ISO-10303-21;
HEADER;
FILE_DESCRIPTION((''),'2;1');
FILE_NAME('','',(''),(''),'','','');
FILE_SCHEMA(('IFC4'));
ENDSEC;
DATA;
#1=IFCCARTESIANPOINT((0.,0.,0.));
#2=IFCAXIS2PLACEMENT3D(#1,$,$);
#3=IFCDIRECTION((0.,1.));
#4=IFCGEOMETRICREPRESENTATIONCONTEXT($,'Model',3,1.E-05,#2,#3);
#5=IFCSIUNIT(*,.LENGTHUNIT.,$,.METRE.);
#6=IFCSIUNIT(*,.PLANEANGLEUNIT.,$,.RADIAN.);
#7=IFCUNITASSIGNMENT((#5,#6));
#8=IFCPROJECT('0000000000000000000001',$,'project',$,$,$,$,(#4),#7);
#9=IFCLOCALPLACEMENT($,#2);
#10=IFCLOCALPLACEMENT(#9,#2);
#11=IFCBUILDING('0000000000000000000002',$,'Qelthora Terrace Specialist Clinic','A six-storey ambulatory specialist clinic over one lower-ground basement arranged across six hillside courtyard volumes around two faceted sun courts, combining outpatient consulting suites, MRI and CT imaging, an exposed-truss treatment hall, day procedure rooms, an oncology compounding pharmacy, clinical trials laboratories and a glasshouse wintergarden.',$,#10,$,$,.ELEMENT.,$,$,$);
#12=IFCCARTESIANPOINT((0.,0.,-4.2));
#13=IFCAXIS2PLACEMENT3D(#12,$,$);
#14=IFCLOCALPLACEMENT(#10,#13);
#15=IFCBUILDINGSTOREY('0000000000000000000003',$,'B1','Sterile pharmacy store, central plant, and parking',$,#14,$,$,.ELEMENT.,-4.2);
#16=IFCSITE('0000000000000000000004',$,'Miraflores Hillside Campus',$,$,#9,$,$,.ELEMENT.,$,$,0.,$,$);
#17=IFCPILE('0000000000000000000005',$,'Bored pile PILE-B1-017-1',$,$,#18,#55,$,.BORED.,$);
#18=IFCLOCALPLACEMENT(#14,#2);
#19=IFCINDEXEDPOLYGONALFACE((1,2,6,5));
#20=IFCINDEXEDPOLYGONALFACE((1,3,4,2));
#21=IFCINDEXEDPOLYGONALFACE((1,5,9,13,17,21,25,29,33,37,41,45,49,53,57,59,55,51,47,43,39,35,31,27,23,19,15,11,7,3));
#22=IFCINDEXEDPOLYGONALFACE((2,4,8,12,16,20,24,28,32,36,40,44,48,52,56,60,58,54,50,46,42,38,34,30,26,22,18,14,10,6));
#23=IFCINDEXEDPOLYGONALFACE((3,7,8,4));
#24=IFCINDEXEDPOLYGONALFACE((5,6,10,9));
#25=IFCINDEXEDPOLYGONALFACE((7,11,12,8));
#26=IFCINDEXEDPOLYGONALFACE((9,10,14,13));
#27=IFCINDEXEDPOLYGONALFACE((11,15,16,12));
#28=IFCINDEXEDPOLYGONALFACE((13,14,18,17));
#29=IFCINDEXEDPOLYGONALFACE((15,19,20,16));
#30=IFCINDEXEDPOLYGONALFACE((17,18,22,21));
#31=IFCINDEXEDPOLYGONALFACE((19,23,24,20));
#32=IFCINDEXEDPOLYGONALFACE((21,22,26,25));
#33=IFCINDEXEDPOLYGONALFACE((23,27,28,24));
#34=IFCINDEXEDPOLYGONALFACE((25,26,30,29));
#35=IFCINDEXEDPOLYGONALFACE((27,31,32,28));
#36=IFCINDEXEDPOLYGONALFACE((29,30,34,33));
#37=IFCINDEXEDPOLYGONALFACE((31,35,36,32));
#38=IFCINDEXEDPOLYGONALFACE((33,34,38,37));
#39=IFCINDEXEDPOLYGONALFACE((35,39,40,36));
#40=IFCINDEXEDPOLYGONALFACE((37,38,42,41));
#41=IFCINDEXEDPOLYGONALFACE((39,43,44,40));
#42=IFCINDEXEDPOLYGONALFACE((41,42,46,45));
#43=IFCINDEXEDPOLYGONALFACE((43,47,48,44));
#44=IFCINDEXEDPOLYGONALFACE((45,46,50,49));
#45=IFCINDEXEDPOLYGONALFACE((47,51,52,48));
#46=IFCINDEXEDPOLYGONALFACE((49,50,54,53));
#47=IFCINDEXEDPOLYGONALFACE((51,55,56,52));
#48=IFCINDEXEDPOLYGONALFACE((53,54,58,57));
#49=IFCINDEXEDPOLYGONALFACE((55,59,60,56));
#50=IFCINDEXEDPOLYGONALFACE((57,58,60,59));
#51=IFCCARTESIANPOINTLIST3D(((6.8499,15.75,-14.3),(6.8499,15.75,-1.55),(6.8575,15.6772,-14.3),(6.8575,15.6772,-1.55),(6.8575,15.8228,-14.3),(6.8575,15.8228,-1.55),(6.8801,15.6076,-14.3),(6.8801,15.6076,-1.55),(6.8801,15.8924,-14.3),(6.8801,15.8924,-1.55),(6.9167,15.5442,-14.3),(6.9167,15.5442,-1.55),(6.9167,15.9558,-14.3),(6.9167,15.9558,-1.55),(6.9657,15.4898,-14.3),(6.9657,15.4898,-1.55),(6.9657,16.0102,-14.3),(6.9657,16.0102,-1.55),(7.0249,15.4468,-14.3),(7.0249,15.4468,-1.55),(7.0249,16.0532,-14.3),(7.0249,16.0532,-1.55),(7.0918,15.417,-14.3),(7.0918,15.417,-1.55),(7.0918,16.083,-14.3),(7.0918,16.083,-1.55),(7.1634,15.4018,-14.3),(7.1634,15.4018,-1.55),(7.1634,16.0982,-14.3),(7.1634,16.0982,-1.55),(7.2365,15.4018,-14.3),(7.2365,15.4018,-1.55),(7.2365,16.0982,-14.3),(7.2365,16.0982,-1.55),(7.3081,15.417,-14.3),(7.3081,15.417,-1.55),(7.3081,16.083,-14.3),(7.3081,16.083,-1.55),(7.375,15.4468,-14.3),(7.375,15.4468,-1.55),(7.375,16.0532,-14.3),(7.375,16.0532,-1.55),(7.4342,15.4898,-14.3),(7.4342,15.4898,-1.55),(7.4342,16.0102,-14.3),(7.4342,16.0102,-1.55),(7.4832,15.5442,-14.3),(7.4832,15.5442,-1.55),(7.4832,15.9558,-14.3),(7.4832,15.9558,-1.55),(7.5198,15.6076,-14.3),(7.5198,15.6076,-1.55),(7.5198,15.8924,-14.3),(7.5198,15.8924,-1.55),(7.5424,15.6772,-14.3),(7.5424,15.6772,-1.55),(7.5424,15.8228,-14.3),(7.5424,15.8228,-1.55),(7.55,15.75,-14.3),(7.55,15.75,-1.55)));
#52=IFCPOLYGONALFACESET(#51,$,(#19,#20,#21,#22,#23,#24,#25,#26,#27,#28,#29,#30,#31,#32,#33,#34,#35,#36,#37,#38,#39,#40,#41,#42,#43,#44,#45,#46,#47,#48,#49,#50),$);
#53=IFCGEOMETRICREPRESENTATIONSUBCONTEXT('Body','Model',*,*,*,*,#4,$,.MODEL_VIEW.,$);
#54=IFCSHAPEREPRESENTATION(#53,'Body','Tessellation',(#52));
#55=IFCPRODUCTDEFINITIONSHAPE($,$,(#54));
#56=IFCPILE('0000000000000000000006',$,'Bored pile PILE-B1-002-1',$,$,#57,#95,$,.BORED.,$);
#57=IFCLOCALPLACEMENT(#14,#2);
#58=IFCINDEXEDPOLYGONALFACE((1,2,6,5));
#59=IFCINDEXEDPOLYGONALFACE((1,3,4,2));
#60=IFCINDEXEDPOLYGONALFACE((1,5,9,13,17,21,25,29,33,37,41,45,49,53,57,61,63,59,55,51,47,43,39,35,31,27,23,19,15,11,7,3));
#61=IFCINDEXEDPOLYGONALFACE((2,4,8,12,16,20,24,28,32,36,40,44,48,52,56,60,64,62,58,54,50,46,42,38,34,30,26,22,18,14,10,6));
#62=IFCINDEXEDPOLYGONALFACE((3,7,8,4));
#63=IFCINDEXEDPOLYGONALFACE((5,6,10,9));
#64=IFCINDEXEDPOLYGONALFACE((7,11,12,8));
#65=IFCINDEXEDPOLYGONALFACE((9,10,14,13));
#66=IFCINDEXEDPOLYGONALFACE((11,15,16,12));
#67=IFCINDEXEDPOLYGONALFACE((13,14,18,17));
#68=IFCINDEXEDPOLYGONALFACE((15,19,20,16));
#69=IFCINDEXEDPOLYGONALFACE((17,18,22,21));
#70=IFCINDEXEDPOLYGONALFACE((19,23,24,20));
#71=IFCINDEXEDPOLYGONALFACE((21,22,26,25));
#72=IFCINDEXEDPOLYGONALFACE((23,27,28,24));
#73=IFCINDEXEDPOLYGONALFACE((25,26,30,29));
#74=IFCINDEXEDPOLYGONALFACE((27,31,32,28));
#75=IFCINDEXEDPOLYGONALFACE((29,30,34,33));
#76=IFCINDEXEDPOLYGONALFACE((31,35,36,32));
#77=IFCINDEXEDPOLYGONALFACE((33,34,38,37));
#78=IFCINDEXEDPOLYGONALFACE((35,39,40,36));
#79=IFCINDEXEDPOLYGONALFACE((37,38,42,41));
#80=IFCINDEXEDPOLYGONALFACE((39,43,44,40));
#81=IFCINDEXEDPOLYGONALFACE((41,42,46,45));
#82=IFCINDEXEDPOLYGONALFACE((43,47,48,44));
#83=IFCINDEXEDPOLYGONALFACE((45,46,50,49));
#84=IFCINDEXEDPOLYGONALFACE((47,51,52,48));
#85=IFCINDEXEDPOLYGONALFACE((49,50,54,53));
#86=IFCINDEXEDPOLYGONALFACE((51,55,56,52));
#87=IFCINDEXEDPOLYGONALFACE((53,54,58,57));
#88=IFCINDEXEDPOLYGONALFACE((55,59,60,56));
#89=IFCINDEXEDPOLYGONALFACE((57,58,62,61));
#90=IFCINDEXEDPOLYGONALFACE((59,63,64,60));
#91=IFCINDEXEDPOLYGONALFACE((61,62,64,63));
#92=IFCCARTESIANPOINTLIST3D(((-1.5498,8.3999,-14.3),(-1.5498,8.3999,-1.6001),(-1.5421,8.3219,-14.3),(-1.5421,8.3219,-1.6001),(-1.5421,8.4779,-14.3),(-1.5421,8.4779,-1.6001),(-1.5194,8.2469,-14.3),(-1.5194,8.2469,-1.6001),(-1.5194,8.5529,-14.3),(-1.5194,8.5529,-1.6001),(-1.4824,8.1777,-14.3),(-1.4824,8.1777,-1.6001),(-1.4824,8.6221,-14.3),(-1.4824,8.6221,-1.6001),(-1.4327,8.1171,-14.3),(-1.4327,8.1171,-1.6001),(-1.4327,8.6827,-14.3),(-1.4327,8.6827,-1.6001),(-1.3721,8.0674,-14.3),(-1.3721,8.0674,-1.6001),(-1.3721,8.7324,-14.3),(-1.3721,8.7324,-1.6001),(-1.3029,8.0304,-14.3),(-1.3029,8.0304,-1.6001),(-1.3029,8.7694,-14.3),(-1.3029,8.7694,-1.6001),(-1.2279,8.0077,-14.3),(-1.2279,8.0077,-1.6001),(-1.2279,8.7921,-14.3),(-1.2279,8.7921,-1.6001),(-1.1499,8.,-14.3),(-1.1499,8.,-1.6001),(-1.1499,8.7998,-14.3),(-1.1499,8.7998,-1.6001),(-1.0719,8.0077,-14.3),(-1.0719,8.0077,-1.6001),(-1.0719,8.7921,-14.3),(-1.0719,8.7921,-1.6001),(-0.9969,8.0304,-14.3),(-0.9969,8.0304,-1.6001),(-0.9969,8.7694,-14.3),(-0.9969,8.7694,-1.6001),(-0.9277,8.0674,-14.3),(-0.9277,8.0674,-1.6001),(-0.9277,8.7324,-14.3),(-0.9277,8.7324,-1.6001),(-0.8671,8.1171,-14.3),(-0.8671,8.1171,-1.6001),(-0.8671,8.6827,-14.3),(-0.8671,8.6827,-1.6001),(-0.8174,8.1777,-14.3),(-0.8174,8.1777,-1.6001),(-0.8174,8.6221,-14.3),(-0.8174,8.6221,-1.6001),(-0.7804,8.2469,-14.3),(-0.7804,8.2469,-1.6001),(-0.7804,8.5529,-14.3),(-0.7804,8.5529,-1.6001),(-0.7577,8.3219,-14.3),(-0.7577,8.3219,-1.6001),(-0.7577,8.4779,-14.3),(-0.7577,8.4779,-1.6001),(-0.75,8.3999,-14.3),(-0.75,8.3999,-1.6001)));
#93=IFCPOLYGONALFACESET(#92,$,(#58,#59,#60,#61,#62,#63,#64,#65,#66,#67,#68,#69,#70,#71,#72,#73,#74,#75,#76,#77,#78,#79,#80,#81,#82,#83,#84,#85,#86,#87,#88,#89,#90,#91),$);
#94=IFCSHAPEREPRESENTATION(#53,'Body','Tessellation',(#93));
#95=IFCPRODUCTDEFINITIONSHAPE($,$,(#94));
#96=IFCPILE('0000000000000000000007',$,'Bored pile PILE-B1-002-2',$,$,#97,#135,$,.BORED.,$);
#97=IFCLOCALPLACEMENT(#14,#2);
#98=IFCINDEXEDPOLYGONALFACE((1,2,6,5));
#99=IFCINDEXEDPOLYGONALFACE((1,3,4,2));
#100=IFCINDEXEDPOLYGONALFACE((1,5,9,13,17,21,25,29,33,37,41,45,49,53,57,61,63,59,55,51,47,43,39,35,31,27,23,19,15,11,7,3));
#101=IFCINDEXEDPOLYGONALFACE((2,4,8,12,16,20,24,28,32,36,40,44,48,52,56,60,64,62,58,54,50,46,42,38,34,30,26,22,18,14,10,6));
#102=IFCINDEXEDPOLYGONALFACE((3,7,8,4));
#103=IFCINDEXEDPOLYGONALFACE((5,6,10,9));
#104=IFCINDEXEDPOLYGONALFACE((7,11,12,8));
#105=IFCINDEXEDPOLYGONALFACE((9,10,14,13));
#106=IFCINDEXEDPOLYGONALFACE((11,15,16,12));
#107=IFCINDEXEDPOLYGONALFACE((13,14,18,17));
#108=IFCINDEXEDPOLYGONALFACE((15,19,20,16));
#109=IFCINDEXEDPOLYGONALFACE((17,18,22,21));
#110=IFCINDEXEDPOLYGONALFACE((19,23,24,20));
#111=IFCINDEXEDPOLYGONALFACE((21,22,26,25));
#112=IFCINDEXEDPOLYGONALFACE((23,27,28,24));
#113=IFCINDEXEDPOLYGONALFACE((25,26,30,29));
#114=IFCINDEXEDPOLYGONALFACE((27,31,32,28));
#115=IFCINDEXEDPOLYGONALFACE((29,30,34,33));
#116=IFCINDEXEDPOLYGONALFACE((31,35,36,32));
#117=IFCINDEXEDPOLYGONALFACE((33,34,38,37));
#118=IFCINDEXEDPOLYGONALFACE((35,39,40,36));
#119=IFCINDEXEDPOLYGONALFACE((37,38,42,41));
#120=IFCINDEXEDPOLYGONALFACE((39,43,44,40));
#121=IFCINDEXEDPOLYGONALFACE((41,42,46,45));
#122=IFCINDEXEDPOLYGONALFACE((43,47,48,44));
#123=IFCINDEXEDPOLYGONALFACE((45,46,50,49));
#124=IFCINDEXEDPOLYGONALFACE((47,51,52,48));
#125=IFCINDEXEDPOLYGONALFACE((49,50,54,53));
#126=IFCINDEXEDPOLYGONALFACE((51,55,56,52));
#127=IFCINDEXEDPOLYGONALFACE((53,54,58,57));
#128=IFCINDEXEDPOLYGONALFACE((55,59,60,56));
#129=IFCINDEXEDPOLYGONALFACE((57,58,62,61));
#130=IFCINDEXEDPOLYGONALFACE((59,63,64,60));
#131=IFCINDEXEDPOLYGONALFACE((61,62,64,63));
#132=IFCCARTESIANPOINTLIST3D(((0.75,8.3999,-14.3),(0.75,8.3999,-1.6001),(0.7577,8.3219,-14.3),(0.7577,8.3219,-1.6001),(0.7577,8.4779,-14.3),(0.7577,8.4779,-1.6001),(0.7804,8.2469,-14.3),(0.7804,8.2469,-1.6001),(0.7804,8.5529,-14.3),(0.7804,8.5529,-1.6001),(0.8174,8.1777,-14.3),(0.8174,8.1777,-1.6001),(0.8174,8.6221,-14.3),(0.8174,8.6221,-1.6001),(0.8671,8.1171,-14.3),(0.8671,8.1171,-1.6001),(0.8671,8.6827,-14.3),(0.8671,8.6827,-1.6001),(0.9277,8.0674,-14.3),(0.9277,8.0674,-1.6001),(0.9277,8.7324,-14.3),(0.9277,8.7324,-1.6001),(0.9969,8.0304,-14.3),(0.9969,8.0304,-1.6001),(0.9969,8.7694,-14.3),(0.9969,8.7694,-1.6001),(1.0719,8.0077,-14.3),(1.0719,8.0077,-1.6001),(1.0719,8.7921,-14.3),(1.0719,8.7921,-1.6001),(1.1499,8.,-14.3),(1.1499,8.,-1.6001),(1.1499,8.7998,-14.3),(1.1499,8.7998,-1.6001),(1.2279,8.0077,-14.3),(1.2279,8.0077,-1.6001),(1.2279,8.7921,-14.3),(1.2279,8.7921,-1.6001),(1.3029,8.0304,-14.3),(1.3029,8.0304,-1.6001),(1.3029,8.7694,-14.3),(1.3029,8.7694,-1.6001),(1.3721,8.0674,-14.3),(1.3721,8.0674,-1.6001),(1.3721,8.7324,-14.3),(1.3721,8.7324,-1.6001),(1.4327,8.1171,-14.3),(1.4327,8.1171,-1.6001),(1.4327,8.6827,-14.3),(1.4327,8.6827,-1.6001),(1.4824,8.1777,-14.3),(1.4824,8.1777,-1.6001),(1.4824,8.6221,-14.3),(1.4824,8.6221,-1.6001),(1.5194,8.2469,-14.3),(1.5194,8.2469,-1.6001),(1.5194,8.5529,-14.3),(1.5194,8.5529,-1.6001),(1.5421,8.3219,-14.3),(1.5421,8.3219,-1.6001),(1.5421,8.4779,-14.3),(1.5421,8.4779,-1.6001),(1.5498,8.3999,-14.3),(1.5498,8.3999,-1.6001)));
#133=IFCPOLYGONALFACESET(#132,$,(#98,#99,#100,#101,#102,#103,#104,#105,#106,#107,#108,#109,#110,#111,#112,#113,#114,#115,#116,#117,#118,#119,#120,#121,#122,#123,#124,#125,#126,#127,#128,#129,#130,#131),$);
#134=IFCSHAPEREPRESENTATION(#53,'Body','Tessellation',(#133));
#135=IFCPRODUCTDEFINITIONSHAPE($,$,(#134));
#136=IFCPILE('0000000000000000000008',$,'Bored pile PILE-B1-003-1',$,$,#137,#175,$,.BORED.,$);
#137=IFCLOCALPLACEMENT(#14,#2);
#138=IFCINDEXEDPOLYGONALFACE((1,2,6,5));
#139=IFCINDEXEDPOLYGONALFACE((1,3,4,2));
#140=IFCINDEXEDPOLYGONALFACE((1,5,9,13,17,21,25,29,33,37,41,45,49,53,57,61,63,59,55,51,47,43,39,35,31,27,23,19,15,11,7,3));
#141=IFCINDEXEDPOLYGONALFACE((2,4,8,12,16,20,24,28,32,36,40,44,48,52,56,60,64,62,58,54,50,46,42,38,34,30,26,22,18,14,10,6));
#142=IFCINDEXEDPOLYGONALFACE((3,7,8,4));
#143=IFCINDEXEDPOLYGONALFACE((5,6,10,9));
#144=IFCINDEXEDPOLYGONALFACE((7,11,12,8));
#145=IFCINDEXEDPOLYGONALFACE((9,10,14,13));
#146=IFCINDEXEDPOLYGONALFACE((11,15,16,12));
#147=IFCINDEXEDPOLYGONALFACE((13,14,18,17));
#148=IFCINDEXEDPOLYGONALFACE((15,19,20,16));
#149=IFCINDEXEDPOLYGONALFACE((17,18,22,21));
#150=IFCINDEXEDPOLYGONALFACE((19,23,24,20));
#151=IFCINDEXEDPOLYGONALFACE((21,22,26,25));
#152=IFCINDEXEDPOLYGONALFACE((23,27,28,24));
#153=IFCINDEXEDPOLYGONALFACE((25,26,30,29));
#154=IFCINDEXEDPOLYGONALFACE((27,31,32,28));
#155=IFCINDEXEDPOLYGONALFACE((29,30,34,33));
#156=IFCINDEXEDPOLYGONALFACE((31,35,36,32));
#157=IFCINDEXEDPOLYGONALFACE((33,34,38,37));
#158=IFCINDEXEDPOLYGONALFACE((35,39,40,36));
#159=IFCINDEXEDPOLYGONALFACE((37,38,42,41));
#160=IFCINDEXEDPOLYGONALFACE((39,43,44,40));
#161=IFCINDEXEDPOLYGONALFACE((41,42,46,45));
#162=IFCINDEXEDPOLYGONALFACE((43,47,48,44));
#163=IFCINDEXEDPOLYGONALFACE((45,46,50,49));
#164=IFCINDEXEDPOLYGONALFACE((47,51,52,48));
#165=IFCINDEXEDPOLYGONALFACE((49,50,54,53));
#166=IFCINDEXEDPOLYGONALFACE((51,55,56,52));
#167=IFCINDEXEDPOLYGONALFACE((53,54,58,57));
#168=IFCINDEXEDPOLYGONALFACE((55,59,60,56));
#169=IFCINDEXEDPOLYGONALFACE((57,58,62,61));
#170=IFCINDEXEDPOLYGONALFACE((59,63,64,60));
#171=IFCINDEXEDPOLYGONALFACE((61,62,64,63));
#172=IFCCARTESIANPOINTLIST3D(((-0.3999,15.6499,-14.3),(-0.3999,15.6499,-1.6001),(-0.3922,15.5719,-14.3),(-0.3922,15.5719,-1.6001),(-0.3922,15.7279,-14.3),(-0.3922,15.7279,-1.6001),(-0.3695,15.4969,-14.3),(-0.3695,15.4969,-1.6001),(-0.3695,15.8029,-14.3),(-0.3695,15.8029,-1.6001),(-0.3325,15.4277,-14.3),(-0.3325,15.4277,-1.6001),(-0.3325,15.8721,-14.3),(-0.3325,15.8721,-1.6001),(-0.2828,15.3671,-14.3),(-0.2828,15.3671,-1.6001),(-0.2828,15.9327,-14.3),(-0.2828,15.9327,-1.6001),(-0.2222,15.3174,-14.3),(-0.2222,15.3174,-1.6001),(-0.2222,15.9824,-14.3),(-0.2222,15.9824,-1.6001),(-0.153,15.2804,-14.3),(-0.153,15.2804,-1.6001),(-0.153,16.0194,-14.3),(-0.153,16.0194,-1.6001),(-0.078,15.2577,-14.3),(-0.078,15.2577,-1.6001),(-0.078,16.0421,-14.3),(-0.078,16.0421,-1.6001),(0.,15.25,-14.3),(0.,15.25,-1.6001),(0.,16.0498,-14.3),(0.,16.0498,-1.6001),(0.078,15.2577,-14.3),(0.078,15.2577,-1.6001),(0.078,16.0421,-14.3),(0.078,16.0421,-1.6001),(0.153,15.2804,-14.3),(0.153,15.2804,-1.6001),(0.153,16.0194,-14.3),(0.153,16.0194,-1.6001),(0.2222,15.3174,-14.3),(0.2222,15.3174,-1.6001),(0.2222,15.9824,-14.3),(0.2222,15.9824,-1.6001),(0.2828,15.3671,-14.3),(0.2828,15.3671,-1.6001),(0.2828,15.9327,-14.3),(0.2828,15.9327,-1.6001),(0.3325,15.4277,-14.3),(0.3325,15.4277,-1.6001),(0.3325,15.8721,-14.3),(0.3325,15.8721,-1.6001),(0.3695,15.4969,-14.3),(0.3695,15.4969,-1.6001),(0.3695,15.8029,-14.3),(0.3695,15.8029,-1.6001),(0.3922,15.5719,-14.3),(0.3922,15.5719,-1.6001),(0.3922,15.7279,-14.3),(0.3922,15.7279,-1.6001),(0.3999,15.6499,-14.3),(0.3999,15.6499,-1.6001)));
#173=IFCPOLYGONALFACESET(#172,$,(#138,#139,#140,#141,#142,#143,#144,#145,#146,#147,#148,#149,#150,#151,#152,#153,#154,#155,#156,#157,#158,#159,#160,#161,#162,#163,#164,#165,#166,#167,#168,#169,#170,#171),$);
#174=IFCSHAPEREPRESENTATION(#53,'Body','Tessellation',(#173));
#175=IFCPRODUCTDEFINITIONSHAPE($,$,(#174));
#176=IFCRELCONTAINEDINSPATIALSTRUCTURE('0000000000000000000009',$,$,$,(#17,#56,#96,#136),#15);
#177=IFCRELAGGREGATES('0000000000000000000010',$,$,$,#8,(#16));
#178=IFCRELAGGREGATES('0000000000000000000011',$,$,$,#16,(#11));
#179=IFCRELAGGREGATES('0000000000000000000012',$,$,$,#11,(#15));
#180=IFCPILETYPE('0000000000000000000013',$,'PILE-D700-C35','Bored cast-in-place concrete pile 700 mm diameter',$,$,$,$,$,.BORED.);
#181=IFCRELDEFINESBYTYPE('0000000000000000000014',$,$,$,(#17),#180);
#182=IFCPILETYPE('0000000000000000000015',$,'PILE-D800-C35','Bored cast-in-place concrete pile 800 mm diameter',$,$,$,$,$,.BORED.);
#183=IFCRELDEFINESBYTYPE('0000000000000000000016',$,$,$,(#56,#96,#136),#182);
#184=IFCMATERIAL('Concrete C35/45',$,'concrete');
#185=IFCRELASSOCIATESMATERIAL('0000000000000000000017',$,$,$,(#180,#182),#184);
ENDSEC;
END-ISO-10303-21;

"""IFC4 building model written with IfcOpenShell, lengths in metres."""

from ifc_helpers import new_model, si_unit, direction, frame, origin, origin_2d, place, context, subcontext, project, spatial, circle, extrude, material, material_profile, profile_set, type_object, element, save


model = new_model("IFC4")

# Units and contexts
model_context = context("Model", 3, precision=1e-05, world=origin(), true_north=direction((0.0, 1.0)))
body_context = subcontext(model_context, "Body", "Model", "MODEL_VIEW")
ifc_project = project(units=[si_unit("LENGTHUNIT", "METRE"), si_unit("PLANEANGLEUNIT", "RADIAN")], contexts=[model_context])

# Site, building, storey
site_placement = place(None, origin())
site = spatial("IfcSite", under=ifc_project, at=site_placement, Name="Miraflores Hillside Campus", CompositionType="ELEMENT", RefElevation=0.0)
building_placement = place(site_placement, origin())
building = spatial("IfcBuilding", under=site, at=building_placement, Name="Qelthora Terrace Specialist Clinic", Description="A six-storey ambulatory specialist clinic over one lower-ground basement arranged across six hillside courtyard volumes around two faceted sun courts, combining outpatient consulting suites, MRI and CT imaging, an exposed-truss treatment hall, day procedure rooms, an oncology compounding pharmacy, clinical trials laboratories and a glasshouse wintergarden.", CompositionType="ELEMENT")
storey_placement = place(building_placement, frame((0.0, 0.0, -4.2)))
storey = spatial("IfcBuildingStorey", under=building, at=storey_placement, Name="B1", Description="Sterile pharmacy store, central plant, and parking", CompositionType="ELEMENT", Elevation=-4.2)

# Shared definitions
ifc_material_1 = material(Name="Concrete C35/45", Category="concrete")

# Piles
ifc_material_profile_1 = material_profile(ifc_material_1, circle(Radius=0.3501, at=origin_2d()), Name="PILE700")
ifc_profile_set_1 = profile_set([ifc_material_profile_1], Name="Concrete C35/45")
pile_type_1 = type_object("IfcPileType", Name="PILE-D700-C35", Description="Bored cast-in-place concrete pile 700 mm diameter", PredefinedType="BORED", material=ifc_profile_set_1)
for number, where, z_axis, x_axis, name in (
    (1, (7.2, 15.75, -1.55), (0.0, 0.0, -1.0), (1.0, 0.0, 0.0), "Bored pile PILE-B1-017-1"),
):
    element("IfcPile", number, at=place(storey_placement, frame(where, z_axis=z_axis, x_axis=x_axis)), inside=storey, type_object=pile_type_1, Name=name, PredefinedType="BORED", context=body_context, shape_type="SweptSolid", body=[
        extrude(circle(Radius=0.3501, at=origin_2d()), origin(), (0.0, 0.0, 1.0), 12.75),
    ])
ifc_material_profile_2 = material_profile(ifc_material_1, circle(Radius=0.3999, at=origin_2d()), Name="PILE800")
ifc_profile_set_2 = profile_set([ifc_material_profile_2], Name="Concrete C35/45")
pile_type_2 = type_object("IfcPileType", Name="PILE-D800-C35", Description="Bored cast-in-place concrete pile 800 mm diameter", PredefinedType="BORED", material=ifc_profile_set_2)
for number, where, z_axis, x_axis, name in (
    (2, (-1.1499, 8.3999, -1.6001), (0.0, 0.0, -1.0), (1.0, 0.0, 0.0), "Bored pile PILE-B1-002-1"),
    (3, (1.1499, 8.3999, -1.6001), (0.0, 0.0, -1.0), (1.0, 0.0, 0.0), "Bored pile PILE-B1-002-2"),
    (4, (0.0, 15.6499, -1.6001), (0.0, 0.0, -1.0), (1.0, 0.0, 0.0), "Bored pile PILE-B1-003-1"),
):
    element("IfcPile", number, at=place(storey_placement, frame(where, z_axis=z_axis, x_axis=x_axis)), inside=storey, type_object=pile_type_2, Name=name, PredefinedType="BORED", context=body_context, shape_type="SweptSolid", body=[
        extrude(circle(Radius=0.3999, at=origin_2d()), origin(), (0.0, 0.0, 1.0), 12.7),
    ])

save(model, "model.ifc")
